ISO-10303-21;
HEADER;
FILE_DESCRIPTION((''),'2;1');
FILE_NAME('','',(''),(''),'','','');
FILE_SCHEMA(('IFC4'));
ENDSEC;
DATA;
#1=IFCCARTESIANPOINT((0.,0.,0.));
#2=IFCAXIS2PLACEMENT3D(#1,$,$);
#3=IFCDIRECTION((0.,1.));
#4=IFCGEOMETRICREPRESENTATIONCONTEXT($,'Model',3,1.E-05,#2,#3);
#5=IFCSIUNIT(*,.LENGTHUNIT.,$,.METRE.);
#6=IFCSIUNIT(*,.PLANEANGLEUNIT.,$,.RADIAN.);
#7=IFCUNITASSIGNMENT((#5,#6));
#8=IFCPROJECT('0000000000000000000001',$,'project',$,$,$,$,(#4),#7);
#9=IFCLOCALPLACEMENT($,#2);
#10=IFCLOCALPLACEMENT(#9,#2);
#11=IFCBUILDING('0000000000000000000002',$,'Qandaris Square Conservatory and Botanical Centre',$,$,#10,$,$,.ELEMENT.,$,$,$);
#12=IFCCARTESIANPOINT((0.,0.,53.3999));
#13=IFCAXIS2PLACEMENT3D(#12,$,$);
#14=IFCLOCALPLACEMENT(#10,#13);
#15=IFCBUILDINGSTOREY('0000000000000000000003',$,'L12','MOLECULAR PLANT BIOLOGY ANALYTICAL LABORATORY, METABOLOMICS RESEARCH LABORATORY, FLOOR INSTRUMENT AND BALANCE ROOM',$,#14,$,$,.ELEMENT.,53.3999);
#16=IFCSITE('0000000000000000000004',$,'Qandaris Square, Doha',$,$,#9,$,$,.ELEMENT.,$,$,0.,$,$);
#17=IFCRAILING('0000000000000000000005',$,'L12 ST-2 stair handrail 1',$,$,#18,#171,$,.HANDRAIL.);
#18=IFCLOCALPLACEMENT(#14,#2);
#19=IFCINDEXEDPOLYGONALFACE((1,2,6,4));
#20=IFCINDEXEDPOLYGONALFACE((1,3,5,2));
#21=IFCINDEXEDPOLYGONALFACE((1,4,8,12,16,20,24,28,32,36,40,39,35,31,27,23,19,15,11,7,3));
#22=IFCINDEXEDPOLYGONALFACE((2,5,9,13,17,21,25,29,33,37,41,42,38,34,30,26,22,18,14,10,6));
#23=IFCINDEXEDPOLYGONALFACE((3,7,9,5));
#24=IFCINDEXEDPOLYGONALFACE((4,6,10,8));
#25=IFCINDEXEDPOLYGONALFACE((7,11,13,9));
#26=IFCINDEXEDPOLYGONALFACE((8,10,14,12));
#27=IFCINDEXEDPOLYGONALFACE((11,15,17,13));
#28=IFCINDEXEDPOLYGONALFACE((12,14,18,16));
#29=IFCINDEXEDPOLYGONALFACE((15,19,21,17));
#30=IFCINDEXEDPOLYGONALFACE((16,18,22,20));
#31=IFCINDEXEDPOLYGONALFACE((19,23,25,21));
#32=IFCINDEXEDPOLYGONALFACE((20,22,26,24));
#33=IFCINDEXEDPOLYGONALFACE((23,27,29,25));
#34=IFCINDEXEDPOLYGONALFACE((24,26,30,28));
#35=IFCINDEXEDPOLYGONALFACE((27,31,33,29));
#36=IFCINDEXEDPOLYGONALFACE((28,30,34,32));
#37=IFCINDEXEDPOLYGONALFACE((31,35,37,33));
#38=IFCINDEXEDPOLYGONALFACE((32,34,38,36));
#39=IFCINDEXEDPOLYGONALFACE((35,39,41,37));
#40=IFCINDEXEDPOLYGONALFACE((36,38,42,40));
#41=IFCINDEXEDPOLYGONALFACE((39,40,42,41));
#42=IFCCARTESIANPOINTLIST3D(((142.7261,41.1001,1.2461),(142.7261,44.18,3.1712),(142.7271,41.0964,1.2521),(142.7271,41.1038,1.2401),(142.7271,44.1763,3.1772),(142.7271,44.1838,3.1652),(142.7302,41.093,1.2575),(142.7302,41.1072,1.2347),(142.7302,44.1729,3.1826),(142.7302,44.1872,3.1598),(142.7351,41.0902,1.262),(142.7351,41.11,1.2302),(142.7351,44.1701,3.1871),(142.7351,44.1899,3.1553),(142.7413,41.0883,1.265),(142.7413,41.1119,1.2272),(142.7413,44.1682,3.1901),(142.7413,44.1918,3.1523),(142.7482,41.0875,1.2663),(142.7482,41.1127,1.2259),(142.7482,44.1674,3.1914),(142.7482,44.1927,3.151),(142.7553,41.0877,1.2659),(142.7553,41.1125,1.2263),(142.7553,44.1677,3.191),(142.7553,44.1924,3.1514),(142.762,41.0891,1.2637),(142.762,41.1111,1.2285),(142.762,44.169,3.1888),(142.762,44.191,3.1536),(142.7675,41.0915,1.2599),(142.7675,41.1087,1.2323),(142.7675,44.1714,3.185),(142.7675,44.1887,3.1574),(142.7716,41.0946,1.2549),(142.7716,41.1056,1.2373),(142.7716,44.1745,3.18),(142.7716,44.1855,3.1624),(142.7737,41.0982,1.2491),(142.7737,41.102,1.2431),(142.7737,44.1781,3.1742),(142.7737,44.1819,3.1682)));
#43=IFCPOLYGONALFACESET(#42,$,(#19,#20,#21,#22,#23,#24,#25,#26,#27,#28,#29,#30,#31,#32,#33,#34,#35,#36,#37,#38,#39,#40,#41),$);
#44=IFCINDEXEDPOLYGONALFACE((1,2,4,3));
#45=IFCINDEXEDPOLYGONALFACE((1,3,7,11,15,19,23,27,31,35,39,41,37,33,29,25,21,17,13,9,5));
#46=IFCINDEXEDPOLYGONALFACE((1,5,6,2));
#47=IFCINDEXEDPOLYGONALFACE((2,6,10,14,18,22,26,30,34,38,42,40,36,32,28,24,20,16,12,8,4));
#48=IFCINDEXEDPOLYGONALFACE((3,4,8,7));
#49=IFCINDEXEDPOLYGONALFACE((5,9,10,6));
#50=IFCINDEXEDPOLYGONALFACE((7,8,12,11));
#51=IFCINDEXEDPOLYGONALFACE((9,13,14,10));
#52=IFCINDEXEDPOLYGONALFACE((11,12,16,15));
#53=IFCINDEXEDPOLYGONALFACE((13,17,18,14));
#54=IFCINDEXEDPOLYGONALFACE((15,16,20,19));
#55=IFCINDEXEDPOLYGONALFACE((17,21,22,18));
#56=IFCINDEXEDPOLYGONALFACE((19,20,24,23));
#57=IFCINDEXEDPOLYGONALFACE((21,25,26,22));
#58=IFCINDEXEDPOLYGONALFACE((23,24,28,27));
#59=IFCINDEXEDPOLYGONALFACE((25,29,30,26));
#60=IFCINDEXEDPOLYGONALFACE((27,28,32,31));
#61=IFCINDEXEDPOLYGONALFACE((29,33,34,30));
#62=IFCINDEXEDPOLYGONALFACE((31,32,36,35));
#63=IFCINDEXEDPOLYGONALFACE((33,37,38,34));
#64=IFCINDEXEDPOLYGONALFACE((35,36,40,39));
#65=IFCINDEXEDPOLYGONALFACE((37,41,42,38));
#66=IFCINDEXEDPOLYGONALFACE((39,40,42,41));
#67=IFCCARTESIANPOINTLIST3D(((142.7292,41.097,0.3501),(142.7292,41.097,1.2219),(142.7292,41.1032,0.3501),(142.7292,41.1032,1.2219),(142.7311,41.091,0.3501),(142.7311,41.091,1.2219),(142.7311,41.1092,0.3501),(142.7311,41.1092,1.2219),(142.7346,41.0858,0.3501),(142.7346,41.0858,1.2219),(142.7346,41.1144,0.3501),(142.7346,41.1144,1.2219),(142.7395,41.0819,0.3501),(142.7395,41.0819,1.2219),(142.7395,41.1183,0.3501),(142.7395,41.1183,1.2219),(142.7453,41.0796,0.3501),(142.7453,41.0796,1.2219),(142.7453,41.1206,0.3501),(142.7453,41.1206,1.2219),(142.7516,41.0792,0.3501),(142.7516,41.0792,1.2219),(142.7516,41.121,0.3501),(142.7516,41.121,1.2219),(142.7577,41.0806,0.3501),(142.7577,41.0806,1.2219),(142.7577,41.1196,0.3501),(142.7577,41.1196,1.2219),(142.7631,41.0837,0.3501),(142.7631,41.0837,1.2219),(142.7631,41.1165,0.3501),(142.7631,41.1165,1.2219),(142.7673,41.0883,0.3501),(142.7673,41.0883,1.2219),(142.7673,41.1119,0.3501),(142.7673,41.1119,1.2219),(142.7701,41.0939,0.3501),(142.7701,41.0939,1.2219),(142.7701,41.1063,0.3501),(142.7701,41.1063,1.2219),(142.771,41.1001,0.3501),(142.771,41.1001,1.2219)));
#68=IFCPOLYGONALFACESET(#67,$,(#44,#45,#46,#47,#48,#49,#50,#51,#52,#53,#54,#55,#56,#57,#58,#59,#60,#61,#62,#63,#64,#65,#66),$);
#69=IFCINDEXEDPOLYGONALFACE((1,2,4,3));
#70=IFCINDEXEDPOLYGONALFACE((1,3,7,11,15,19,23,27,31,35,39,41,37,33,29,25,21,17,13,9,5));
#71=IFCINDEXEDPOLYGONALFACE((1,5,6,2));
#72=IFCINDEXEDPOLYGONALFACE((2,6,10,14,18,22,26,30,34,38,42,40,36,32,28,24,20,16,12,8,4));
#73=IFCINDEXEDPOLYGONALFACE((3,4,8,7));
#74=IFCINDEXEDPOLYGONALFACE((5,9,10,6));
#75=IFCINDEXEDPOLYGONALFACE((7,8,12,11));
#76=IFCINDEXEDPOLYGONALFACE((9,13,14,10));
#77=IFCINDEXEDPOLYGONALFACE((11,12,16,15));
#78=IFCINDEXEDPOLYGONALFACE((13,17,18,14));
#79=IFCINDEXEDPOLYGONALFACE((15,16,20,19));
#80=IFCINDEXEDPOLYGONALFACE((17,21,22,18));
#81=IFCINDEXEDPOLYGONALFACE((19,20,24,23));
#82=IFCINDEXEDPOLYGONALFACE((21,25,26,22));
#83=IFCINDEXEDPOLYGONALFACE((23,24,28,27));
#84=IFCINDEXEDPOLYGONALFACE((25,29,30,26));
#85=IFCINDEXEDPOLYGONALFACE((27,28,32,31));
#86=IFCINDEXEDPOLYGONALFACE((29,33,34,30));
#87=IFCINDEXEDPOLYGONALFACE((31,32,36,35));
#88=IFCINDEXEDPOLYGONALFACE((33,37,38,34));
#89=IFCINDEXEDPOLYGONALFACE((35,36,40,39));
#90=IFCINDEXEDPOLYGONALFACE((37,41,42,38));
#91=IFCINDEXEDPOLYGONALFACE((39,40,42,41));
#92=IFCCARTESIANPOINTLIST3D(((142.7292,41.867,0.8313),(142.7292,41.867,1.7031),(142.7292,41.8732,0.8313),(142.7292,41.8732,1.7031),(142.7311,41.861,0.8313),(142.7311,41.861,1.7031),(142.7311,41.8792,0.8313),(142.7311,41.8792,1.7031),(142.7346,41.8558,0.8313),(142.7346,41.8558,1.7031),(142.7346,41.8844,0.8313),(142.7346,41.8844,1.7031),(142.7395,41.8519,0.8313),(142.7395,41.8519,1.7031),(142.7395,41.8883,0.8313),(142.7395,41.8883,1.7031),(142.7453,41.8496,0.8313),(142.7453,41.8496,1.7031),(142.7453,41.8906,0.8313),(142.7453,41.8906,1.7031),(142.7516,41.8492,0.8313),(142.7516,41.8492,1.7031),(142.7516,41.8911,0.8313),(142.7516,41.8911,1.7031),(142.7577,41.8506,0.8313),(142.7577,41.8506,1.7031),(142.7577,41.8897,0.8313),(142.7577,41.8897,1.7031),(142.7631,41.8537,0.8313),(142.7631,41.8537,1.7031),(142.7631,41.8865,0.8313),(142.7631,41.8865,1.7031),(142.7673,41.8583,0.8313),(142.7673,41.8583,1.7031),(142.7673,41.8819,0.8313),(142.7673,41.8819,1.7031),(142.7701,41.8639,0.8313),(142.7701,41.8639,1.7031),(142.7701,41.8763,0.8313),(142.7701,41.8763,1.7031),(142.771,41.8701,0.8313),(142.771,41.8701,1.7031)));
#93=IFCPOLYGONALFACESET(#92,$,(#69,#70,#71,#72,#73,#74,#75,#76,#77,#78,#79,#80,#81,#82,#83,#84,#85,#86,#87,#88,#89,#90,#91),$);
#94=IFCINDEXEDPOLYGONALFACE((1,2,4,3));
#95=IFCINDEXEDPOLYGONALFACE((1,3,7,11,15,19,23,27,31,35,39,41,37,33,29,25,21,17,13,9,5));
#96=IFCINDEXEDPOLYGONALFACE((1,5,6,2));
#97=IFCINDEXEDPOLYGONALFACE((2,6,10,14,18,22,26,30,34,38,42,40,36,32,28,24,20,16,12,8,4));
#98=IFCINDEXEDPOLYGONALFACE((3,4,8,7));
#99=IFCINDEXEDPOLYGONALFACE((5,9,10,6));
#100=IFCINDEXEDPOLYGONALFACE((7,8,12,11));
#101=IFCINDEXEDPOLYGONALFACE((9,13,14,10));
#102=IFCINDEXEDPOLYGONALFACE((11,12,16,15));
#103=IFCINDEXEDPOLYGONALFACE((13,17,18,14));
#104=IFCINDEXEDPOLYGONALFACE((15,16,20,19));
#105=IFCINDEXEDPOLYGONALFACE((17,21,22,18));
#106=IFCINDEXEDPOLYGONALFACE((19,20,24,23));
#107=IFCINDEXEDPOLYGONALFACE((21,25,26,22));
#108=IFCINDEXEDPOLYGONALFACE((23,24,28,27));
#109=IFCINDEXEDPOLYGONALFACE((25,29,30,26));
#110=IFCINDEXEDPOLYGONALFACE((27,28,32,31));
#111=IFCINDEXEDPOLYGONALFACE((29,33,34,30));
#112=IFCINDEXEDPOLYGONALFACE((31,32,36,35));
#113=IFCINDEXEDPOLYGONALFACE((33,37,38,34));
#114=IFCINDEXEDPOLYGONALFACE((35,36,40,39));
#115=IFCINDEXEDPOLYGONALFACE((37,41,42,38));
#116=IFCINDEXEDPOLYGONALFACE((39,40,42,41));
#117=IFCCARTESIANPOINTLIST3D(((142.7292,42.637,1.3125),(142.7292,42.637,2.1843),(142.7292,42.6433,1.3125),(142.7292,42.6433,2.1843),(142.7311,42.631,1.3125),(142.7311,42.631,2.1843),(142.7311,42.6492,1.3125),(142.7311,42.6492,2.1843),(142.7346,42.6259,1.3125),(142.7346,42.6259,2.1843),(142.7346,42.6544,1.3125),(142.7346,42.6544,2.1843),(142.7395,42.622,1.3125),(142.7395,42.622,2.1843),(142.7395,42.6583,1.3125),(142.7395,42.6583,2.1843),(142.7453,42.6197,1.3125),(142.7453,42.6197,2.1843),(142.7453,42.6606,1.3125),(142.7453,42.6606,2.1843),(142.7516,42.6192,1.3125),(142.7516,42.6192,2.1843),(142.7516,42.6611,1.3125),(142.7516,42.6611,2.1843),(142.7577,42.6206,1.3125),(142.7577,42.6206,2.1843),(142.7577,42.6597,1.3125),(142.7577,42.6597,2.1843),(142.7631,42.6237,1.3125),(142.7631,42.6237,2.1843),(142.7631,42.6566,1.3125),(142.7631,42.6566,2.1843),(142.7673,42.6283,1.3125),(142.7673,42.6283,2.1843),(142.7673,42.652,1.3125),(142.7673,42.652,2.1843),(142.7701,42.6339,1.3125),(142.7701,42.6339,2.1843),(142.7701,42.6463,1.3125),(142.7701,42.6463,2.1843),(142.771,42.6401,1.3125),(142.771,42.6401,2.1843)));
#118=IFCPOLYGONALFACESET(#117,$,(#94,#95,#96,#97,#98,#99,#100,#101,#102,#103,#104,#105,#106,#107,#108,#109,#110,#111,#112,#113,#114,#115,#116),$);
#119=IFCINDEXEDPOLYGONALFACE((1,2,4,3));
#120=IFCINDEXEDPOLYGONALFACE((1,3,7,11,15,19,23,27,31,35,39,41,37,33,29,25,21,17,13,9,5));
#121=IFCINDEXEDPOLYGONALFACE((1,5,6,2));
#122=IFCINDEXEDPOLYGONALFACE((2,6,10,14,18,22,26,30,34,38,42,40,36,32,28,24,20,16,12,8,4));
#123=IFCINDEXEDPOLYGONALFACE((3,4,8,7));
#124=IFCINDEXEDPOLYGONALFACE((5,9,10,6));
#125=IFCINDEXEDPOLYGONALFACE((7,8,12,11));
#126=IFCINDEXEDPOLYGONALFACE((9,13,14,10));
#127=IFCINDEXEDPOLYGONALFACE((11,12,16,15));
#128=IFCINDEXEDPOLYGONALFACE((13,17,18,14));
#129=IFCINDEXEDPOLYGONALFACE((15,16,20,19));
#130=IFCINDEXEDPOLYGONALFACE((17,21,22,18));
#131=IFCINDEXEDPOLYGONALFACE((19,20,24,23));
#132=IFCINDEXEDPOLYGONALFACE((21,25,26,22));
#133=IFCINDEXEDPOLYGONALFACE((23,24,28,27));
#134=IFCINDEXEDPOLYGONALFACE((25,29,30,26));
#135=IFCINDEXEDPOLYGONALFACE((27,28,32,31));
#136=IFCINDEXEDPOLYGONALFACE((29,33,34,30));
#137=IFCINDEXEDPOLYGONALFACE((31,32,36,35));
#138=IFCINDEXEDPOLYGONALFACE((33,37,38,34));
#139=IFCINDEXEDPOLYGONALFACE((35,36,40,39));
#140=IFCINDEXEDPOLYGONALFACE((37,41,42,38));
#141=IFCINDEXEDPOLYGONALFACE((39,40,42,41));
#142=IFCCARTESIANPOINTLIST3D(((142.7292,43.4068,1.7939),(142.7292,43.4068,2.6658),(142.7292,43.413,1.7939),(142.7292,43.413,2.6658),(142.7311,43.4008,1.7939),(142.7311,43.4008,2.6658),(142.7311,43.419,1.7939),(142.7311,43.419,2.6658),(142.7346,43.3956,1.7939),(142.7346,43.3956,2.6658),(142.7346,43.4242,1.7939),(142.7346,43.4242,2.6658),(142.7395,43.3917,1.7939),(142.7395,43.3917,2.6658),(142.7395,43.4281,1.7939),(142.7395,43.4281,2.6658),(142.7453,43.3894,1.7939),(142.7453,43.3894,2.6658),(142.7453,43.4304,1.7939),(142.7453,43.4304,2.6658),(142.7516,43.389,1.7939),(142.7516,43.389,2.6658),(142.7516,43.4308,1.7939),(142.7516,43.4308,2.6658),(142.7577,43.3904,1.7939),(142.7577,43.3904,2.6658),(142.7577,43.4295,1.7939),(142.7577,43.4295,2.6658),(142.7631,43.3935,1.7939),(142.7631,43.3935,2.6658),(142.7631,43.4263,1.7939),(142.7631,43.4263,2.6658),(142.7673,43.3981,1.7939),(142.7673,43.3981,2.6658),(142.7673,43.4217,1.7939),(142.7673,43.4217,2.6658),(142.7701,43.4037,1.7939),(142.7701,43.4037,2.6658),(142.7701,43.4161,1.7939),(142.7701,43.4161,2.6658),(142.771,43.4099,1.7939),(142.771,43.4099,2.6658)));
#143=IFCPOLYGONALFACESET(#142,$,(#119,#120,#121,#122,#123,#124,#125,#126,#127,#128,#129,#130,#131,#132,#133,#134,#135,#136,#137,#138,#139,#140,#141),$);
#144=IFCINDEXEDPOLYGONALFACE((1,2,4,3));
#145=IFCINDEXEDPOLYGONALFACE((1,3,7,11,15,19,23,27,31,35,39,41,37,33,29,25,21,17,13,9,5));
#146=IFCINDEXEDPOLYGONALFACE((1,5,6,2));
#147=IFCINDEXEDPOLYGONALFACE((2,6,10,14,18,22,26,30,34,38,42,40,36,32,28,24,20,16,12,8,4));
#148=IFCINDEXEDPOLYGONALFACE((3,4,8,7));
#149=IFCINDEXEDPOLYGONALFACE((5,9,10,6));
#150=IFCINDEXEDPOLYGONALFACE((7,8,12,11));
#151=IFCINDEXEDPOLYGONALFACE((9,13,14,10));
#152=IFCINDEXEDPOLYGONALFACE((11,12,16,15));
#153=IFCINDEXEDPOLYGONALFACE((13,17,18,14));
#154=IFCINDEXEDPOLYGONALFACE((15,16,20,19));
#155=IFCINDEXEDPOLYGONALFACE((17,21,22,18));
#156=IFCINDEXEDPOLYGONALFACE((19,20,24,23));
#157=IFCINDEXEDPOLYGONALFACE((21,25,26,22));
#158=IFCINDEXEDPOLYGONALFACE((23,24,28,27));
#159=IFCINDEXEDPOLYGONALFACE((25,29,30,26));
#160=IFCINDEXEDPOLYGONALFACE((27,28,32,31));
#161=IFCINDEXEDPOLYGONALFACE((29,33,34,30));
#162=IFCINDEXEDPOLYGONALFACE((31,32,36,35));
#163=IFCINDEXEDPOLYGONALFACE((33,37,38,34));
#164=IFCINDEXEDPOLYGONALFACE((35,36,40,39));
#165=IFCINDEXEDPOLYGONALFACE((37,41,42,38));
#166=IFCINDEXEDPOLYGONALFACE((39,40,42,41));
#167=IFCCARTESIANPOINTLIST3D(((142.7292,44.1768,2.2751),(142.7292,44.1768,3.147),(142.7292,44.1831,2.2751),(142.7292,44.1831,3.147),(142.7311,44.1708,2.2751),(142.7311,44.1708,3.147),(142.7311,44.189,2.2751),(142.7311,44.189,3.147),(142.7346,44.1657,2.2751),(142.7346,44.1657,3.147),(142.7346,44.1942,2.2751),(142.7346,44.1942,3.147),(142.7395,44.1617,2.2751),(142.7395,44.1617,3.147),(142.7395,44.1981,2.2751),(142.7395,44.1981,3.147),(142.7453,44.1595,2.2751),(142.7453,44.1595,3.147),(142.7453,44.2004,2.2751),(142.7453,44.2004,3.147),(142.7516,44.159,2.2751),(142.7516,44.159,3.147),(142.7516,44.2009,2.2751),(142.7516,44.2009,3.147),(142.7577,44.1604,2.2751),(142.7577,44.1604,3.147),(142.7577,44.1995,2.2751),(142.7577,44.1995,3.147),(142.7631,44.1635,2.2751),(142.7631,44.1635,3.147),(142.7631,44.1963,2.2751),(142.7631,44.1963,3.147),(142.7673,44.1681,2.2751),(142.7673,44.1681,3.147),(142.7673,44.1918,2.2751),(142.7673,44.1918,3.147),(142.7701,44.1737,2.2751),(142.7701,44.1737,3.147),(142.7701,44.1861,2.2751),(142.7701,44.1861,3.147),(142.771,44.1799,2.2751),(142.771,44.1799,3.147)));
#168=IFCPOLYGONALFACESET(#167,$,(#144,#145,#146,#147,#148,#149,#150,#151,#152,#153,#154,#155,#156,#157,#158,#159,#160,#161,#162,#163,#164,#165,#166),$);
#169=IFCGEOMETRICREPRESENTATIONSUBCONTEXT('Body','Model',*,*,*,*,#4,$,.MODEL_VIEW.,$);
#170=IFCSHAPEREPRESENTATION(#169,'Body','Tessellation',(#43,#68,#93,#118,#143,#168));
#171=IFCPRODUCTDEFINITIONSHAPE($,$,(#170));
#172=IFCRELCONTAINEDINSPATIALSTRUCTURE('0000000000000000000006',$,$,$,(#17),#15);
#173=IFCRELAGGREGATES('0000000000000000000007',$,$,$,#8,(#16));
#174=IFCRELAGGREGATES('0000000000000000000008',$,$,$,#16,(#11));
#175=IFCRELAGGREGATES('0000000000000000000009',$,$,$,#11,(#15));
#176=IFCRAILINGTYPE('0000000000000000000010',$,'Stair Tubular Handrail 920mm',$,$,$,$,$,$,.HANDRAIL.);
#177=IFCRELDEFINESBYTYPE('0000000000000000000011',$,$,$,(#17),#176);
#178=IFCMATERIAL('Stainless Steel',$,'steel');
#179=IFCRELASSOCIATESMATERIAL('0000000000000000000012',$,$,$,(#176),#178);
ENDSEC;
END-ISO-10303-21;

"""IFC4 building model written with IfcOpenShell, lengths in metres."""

from ifc_helpers import new_model, si_unit, direction, frame, origin, origin_2d, place, context, subcontext, project, spatial, circle, extrude, material, type_object, element, save


model = new_model("IFC4")

# Units and contexts
model_context = context("Model", 3, precision=1e-05, world=origin(), true_north=direction((0.0, 1.0)))
body_context = subcontext(model_context, "Body", "Model", "MODEL_VIEW")
ifc_project = project(units=[si_unit("LENGTHUNIT", "METRE"), si_unit("PLANEANGLEUNIT", "RADIAN")], contexts=[model_context])

# Site, building, storey
site_placement = place(None, origin())
site = spatial("IfcSite", under=ifc_project, at=site_placement, Name="Qandaris Square, Doha", CompositionType="ELEMENT", RefElevation=0.0)
building_placement = place(site_placement, origin())
building = spatial("IfcBuilding", under=site, at=building_placement, Name="Qandaris Square Conservatory and Botanical Centre", CompositionType="ELEMENT")
storey_placement = place(building_placement, frame((0.0, 0.0, 53.3999)))
storey = spatial("IfcBuildingStorey", under=building, at=storey_placement, Name="L12", Description="MOLECULAR PLANT BIOLOGY ANALYTICAL LABORATORY, METABOLOMICS RESEARCH LABORATORY, FLOOR INSTRUMENT AND BALANCE ROOM", CompositionType="ELEMENT", Elevation=53.3999)

# Railing
ifc_material_1 = material(Name="Stainless Steel", Category="steel")
railing_type_1 = type_object("IfcRailingType", Name="Stair Tubular Handrail 920mm", PredefinedType="HANDRAIL", material=ifc_material_1)
railing_1_placement = place(storey_placement, frame((142.75, 41.1001, 0.3501)))
element("IfcRailing", 1, at=railing_1_placement, inside=storey, type_object=railing_type_1, Name="L12 ST-2 stair handrail 1", PredefinedType="HANDRAIL", context=body_context, shape_type="SweptSolid", body=[
    extrude(circle(Radius=0.0239, at=origin_2d()), frame((0.0, 0.0, 0.896), z_axis=(0.0, 0.847979, 0.530029), x_axis=(-1.0, 0.0, 0.0)), (0.0, 0.0, 1.0), 3.6321),
    extrude(circle(Radius=0.021, at=origin_2d()), origin(), (0.0, 0.0, 1.0), 0.8718),
    extrude(circle(Radius=0.021, at=origin_2d()), frame((0.0, 0.77, 0.4812)), (0.0, 0.0, 1.0), 0.8718),
    extrude(circle(Radius=0.021, at=origin_2d()), frame((0.0, 1.54, 0.9624)), (0.0, 0.0, 1.0), 0.8718),
    extrude(circle(Radius=0.021, at=origin_2d()), frame((0.0, 2.3098, 1.4438)), (0.0, 0.0, 1.0), 0.8718),
    extrude(circle(Radius=0.021, at=origin_2d()), frame((0.0, 3.0798, 1.925)), (0.0, 0.0, 1.0), 0.8718),
])

save(model, "model.ifc")
